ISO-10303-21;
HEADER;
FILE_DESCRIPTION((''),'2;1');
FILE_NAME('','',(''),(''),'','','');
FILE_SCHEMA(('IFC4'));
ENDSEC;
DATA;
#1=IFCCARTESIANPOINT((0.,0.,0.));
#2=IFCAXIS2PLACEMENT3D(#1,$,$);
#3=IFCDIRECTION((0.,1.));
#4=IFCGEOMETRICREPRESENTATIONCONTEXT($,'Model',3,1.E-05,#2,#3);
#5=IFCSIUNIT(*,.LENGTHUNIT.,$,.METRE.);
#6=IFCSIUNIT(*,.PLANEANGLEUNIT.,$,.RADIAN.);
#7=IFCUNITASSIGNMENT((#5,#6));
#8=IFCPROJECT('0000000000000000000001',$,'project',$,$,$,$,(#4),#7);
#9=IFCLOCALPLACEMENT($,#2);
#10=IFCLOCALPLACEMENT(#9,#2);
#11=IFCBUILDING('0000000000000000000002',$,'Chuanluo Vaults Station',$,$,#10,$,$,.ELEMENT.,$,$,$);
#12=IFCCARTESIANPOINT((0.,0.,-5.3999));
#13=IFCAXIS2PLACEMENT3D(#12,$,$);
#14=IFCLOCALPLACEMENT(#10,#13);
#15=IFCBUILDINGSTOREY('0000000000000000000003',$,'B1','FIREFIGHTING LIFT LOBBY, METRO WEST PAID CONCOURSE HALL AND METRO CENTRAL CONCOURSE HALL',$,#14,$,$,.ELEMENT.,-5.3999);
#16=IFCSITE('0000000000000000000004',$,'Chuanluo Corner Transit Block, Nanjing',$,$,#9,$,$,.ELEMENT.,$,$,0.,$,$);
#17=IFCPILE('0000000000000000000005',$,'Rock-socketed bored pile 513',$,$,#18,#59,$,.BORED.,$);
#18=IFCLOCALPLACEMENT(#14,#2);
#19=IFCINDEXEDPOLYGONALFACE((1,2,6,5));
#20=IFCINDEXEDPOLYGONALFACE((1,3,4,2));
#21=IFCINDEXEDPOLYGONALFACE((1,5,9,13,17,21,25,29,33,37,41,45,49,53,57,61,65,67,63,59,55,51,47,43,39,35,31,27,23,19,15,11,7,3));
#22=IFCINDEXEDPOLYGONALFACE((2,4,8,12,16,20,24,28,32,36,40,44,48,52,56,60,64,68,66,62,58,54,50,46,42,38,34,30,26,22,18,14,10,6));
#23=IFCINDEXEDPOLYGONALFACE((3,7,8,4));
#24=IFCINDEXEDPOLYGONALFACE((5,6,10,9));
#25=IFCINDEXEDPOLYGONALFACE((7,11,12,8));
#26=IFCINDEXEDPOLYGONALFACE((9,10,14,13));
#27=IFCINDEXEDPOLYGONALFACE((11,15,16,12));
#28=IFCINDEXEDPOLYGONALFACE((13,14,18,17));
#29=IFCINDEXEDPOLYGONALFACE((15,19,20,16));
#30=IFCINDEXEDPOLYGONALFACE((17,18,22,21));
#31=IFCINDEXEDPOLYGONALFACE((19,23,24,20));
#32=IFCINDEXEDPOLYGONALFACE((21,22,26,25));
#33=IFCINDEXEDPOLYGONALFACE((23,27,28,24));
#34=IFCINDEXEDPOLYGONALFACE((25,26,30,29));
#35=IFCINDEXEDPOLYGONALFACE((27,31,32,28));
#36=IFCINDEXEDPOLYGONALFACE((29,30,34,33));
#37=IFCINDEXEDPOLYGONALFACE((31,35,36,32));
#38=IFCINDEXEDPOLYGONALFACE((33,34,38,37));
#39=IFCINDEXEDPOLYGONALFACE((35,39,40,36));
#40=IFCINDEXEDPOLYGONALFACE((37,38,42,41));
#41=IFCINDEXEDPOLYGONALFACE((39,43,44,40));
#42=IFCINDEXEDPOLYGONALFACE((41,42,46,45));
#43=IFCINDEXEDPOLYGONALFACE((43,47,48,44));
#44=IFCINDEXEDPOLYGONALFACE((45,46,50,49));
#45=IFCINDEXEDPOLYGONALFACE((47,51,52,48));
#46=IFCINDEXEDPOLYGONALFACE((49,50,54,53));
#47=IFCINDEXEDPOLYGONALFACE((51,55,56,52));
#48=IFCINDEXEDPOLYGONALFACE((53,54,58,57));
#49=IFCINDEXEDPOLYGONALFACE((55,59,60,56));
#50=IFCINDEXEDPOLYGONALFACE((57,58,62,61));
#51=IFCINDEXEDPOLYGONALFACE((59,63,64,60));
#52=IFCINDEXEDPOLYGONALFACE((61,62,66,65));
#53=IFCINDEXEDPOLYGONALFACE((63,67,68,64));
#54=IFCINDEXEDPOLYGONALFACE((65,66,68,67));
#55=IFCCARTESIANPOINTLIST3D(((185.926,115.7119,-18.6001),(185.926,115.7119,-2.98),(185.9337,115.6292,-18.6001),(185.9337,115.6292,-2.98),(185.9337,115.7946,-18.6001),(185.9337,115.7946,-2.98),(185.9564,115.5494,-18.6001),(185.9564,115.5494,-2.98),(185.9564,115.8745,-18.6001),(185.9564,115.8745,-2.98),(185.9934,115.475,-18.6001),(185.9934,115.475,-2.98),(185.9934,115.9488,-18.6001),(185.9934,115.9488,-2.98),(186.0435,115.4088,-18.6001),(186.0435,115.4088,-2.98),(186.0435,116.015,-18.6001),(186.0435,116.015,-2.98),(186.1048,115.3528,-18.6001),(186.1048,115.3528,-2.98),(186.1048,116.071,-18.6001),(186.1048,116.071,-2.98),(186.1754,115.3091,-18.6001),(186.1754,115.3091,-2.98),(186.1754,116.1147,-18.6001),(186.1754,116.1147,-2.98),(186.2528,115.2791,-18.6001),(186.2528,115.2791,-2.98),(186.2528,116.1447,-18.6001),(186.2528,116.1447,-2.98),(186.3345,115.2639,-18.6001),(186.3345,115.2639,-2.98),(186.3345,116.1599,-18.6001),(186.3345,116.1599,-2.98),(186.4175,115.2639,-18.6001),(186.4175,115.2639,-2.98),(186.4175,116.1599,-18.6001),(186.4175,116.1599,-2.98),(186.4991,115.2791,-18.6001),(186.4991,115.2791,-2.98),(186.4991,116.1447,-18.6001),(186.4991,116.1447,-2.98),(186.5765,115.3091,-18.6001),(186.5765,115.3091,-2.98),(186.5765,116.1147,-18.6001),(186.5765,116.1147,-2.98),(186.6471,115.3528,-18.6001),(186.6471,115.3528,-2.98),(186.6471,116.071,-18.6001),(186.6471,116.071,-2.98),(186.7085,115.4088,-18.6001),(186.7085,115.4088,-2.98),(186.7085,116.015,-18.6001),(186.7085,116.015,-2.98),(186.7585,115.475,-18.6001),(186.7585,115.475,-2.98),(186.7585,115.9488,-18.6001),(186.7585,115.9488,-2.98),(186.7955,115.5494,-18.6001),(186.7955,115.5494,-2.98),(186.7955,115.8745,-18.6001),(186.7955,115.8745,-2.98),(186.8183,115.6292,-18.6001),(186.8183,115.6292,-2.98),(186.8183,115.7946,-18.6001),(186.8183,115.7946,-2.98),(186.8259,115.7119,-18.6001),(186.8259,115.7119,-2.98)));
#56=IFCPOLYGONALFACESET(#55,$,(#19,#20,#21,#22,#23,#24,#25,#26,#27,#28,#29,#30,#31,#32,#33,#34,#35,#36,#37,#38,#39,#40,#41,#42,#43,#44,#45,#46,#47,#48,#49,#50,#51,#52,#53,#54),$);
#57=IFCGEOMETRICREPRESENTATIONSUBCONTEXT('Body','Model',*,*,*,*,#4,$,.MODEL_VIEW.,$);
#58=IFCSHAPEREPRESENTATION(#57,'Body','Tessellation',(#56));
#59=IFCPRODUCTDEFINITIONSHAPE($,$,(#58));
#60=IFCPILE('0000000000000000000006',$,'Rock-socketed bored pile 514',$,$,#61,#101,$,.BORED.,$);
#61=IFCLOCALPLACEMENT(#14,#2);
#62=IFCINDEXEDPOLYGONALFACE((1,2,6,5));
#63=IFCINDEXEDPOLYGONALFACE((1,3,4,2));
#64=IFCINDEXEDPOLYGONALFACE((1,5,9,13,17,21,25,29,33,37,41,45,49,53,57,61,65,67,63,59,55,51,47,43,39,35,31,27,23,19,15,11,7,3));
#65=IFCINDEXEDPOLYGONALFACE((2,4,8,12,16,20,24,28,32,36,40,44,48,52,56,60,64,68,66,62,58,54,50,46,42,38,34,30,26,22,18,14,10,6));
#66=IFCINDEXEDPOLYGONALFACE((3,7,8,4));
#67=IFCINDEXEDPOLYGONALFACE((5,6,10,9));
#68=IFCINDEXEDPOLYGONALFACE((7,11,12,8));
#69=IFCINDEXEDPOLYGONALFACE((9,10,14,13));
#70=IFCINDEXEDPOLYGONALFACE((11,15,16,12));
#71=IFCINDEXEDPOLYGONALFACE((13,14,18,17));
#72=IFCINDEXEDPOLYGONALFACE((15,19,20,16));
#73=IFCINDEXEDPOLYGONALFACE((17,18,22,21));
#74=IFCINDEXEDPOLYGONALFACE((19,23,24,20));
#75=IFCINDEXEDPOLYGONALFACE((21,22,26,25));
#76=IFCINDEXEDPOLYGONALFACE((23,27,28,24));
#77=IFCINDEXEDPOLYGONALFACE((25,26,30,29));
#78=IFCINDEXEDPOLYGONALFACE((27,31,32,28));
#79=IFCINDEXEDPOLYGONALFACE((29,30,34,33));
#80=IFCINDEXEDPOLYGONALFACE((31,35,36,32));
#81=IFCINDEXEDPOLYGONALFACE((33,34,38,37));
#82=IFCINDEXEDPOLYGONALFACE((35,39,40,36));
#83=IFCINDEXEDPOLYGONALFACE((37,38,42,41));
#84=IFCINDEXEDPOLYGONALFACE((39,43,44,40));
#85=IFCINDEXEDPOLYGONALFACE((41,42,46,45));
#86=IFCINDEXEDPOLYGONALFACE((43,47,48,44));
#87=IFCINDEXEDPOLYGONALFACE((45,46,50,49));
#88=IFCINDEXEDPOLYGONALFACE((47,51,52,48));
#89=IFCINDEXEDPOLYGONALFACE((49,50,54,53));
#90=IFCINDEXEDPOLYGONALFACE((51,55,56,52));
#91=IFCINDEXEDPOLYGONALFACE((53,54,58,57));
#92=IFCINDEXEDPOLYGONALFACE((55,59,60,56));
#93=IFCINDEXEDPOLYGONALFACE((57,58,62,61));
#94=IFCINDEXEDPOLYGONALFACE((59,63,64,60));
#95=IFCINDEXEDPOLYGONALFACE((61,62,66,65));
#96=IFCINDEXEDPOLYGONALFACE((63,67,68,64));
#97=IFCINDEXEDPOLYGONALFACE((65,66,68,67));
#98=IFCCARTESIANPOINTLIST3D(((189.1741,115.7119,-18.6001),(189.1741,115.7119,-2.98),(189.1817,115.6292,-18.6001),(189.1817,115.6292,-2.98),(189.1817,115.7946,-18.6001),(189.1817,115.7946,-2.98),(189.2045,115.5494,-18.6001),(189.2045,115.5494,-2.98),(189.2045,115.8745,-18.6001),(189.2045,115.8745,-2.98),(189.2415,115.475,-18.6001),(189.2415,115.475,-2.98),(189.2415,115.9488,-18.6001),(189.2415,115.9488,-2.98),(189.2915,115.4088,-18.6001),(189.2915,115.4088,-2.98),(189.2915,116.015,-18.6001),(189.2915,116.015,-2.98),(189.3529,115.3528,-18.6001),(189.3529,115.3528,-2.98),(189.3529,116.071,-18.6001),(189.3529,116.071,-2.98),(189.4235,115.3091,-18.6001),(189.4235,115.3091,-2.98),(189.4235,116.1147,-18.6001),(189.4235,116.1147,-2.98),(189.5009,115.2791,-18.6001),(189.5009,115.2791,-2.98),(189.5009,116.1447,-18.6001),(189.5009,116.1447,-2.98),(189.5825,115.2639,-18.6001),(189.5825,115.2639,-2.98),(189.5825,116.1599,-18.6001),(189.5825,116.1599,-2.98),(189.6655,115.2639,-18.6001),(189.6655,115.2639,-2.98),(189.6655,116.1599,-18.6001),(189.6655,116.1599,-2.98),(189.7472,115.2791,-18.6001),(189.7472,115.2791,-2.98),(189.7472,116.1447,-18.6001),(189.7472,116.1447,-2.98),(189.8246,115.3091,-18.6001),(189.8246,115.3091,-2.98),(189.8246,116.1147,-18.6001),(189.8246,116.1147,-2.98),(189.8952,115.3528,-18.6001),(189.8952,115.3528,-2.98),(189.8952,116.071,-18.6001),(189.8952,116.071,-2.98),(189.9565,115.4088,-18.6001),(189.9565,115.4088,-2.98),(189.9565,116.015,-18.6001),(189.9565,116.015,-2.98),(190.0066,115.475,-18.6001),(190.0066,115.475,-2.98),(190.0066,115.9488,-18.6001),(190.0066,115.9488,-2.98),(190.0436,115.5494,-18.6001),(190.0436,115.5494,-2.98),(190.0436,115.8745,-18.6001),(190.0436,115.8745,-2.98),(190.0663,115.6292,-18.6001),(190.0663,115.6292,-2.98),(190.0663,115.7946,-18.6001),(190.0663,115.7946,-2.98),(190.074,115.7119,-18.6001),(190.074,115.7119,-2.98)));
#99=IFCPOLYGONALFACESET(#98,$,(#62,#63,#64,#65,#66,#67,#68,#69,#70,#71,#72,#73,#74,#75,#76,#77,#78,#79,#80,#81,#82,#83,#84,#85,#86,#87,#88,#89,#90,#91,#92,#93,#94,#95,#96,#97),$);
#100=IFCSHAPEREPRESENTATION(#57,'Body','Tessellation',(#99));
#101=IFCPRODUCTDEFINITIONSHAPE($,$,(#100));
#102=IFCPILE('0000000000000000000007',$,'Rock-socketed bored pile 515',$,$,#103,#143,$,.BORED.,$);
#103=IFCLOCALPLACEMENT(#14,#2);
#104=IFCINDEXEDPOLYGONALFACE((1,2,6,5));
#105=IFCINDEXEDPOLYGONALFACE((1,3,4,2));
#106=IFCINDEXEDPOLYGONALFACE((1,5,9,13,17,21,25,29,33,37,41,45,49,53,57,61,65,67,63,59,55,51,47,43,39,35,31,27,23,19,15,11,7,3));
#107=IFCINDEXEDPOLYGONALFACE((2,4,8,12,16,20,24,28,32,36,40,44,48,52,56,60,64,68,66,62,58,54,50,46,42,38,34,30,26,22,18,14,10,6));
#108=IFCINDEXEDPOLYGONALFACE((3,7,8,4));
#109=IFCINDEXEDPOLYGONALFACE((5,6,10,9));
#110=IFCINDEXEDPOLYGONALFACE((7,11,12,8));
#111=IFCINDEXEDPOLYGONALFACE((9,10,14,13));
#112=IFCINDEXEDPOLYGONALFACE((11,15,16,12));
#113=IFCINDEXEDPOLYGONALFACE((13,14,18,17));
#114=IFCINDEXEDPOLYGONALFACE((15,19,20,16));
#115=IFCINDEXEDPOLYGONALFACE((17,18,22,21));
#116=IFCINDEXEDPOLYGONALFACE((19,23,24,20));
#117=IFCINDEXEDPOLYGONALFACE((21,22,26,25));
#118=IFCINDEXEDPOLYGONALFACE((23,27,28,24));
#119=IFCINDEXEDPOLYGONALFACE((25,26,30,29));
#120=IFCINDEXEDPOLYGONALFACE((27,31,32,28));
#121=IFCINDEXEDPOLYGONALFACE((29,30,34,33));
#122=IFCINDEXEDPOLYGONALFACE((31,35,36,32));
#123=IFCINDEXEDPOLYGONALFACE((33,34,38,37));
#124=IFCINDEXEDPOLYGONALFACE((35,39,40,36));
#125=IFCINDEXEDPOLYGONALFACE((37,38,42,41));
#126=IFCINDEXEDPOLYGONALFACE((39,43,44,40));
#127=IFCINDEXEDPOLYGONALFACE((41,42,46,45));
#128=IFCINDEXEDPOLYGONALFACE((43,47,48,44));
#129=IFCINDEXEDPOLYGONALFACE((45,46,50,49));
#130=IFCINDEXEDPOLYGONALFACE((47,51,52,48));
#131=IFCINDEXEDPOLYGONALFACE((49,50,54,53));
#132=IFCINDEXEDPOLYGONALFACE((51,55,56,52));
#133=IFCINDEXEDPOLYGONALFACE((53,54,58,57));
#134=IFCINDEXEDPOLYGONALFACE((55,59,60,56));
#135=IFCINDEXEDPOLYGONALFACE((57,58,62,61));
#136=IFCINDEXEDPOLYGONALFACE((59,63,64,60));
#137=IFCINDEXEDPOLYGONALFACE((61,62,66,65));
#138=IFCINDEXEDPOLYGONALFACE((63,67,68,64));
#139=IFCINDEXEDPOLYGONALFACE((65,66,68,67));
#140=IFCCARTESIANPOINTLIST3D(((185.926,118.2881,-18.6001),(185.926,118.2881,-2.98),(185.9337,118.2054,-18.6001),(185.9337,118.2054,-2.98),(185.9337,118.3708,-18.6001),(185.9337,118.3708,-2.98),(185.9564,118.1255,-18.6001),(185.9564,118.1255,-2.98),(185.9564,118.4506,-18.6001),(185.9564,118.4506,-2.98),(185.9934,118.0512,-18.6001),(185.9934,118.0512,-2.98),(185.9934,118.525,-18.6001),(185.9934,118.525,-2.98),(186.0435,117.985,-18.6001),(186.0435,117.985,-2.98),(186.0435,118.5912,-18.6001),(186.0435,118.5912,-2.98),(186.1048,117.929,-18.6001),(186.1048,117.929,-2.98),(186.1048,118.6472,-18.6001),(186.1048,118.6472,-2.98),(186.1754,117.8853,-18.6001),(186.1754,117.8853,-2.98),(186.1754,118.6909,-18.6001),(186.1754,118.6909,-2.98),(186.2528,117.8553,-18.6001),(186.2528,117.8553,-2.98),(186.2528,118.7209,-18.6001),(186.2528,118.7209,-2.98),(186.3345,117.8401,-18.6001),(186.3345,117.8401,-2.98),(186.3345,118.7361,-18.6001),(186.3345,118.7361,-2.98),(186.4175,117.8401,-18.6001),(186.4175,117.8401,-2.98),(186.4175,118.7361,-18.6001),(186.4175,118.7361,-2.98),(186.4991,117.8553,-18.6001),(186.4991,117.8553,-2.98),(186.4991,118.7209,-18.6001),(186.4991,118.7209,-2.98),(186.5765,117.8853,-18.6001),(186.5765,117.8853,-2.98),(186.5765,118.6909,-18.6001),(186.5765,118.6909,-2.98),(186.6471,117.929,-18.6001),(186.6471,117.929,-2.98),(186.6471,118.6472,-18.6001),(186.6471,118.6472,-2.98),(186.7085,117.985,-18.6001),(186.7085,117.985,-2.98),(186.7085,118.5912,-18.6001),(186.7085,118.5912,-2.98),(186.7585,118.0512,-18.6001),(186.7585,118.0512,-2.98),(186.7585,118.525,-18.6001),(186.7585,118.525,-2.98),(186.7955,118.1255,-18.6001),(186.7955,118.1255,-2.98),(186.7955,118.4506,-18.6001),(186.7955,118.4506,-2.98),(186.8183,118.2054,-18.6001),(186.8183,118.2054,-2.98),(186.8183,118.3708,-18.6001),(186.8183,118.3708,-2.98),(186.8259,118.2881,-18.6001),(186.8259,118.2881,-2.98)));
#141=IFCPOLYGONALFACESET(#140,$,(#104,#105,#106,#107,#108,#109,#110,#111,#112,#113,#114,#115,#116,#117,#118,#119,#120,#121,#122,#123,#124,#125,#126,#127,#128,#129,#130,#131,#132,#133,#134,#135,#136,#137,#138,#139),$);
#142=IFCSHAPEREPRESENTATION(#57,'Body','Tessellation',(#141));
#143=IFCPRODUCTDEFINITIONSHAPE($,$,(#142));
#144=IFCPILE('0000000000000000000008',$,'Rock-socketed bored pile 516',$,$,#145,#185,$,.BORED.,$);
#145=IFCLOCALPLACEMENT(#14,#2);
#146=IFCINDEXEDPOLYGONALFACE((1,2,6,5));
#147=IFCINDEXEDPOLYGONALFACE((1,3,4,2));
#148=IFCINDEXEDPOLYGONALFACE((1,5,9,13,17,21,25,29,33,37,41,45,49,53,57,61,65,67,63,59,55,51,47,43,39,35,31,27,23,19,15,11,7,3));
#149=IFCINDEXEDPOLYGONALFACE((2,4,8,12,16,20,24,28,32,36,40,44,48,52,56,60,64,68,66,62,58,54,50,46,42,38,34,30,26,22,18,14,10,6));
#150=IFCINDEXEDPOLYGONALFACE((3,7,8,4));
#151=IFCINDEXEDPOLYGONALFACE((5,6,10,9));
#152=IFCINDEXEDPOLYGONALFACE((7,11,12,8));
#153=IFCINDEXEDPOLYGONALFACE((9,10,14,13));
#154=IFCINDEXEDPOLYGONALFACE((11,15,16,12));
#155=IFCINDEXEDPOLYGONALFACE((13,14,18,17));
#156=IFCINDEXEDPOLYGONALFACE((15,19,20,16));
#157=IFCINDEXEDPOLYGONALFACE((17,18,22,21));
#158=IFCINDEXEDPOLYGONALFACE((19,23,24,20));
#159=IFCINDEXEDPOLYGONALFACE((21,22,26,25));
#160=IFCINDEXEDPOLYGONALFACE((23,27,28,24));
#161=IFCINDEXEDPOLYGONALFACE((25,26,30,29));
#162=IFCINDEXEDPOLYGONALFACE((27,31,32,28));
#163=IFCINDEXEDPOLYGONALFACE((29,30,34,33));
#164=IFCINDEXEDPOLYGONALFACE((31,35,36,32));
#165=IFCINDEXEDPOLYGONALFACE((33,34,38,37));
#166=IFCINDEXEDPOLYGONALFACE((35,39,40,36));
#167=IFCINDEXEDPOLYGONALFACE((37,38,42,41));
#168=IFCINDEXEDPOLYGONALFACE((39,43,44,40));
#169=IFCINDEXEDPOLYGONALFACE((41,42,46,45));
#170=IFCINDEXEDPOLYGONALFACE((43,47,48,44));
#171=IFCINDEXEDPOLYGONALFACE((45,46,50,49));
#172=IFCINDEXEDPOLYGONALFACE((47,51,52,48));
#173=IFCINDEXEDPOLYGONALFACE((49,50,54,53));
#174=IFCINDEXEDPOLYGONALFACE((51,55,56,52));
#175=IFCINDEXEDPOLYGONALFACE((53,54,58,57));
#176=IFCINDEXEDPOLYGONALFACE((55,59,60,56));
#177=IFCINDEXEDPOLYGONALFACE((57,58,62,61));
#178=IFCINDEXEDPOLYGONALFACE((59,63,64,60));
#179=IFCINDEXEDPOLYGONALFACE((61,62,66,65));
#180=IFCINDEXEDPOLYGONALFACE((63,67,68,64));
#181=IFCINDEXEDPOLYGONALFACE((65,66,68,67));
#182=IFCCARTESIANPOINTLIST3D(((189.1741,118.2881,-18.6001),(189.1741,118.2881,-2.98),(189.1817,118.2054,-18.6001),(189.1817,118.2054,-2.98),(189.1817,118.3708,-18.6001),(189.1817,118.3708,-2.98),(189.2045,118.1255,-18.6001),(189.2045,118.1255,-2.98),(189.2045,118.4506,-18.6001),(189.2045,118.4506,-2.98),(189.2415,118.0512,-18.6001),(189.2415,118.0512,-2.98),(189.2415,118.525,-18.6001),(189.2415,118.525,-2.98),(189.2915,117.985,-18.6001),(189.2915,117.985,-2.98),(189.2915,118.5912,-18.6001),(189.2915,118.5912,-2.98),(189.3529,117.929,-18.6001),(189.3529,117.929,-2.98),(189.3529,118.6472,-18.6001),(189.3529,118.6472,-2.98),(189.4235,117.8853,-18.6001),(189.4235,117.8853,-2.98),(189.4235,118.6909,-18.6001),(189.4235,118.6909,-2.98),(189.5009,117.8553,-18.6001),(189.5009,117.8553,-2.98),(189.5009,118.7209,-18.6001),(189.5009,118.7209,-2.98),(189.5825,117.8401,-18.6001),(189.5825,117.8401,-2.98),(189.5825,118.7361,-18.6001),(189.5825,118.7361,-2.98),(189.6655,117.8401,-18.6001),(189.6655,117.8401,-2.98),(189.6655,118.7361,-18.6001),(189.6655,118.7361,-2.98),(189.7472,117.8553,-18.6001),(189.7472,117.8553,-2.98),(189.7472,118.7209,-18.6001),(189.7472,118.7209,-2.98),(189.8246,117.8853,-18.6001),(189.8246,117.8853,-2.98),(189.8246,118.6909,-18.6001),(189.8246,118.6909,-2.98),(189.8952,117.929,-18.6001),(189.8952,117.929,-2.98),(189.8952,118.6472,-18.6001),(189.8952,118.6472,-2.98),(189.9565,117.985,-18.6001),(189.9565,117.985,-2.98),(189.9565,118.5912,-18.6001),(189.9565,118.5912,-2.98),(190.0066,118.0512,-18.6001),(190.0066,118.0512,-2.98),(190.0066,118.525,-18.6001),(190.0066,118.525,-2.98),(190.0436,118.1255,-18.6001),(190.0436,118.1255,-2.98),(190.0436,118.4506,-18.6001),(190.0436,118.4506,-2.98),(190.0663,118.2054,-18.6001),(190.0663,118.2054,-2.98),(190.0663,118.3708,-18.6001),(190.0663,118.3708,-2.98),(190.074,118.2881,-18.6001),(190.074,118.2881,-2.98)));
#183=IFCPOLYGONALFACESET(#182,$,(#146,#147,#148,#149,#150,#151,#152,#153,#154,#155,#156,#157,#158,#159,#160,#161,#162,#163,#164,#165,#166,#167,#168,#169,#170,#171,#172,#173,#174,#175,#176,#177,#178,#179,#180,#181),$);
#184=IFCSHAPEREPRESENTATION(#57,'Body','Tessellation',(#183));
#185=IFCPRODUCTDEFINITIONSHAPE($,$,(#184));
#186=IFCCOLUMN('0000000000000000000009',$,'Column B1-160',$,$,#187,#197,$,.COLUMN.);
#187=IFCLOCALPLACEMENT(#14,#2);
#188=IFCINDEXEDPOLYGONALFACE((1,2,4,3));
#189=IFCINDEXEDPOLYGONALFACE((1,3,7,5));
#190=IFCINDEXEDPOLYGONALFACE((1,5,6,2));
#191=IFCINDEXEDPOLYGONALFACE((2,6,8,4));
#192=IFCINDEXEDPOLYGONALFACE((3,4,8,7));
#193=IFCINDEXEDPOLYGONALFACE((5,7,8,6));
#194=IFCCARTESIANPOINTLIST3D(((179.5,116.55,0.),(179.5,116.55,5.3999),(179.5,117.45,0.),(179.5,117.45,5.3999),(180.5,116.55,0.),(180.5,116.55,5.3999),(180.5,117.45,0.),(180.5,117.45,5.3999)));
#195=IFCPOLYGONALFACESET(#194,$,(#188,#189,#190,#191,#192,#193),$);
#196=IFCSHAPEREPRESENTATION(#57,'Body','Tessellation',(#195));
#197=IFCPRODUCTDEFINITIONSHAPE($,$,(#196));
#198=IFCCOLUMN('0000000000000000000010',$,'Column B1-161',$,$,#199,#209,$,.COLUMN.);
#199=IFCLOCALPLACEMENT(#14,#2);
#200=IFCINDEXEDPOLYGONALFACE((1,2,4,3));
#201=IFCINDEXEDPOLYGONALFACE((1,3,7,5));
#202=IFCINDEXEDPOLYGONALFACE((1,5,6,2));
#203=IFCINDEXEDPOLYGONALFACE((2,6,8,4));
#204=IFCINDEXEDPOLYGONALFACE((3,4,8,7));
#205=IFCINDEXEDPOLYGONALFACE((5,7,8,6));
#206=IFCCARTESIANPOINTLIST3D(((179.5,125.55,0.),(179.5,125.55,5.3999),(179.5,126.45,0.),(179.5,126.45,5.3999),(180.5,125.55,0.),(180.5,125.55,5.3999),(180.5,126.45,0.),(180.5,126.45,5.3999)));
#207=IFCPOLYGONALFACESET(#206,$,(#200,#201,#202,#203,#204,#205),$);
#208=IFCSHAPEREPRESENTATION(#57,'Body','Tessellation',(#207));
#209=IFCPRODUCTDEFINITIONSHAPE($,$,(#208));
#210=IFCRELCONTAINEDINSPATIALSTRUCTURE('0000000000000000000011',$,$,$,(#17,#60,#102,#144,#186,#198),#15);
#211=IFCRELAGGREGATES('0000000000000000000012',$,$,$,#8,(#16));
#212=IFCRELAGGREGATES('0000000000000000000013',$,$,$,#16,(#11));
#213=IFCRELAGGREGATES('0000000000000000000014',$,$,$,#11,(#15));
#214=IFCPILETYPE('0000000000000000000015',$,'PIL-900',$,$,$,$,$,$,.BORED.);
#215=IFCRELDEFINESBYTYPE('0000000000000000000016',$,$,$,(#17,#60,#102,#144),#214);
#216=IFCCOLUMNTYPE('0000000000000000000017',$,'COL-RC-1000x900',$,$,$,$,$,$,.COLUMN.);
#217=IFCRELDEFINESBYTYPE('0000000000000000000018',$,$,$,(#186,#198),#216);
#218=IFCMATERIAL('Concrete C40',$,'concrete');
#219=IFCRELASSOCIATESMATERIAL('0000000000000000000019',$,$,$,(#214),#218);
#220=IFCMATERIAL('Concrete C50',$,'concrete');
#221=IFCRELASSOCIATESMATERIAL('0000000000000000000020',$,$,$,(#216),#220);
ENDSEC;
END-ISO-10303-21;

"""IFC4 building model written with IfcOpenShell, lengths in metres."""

from ifc_helpers import new_model, si_unit, direction, frame, origin, origin_2d, place, context, subcontext, project, spatial, rectangle, circle, extrude, material, material_profile, profile_set, type_object, element, save


model = new_model("IFC4")

# Units and contexts
model_context = context("Model", 3, precision=1e-05, world=origin(), true_north=direction((0.0, 1.0)))
body_context = subcontext(model_context, "Body", "Model", "MODEL_VIEW")
ifc_project = project(units=[si_unit("LENGTHUNIT", "METRE"), si_unit("PLANEANGLEUNIT", "RADIAN")], contexts=[model_context])

# Site, building, storey
site_placement = place(None, origin())
site = spatial("IfcSite", under=ifc_project, at=site_placement, Name="Chuanluo Corner Transit Block, Nanjing", CompositionType="ELEMENT", RefElevation=0.0)
building_placement = place(site_placement, origin())
building = spatial("IfcBuilding", under=site, at=building_placement, Name="Chuanluo Vaults Station", CompositionType="ELEMENT")
storey_placement = place(building_placement, frame((0.0, 0.0, -5.3999)))
storey = spatial("IfcBuildingStorey", under=building, at=storey_placement, Name="B1", Description="FIREFIGHTING LIFT LOBBY, METRO WEST PAID CONCOURSE HALL AND METRO CENTRAL CONCOURSE HALL", CompositionType="ELEMENT", Elevation=-5.3999)

# Piles
ifc_material_1 = material(Name="Concrete C40", Category="concrete")
ifc_material_profile_1 = material_profile(ifc_material_1, circle(Radius=0.45, at=origin_2d()))
ifc_profile_set_1 = profile_set([ifc_material_profile_1], Name="Concrete C40")
pile_type_1 = type_object("IfcPileType", Name="PIL-900", PredefinedType="BORED", material=ifc_profile_set_1)
for number, where, z_axis, x_axis, name in (
    (1, (186.376, 115.7119, -2.98), (0.0, 0.0, -1.0), (1.0, 0.0, 0.0), "Rock-socketed bored pile 513"),
    (2, (189.624, 115.7119, -2.98), (0.0, 0.0, -1.0), (1.0, 0.0, 0.0), "Rock-socketed bored pile 514"),
    (3, (186.376, 118.2881, -2.98), (0.0, 0.0, -1.0), (1.0, 0.0, 0.0), "Rock-socketed bored pile 515"),
    (4, (189.624, 118.2881, -2.98), (0.0, 0.0, -1.0), (1.0, 0.0, 0.0), "Rock-socketed bored pile 516"),
):
    element("IfcPile", number, at=place(storey_placement, frame(where, z_axis=z_axis, x_axis=x_axis)), inside=storey, type_object=pile_type_1, Name=name, PredefinedType="BORED", context=body_context, shape_type="SweptSolid", body=[
        extrude(circle(Radius=0.45, at=origin_2d()), origin(), (0.0, 0.0, 1.0), 15.6201),
    ])

# Columns
ifc_material_2 = material(Name="Concrete C50", Category="concrete")
ifc_material_profile_2 = material_profile(ifc_material_2, rectangle(XDim=1.0, YDim=0.8999, at=origin_2d()))
ifc_profile_set_2 = profile_set([ifc_material_profile_2], Name="Concrete C50")
column_type = type_object("IfcColumnType", Name="COL-RC-1000x900", PredefinedType="COLUMN", material=ifc_profile_set_2)
for number, where, z_axis, x_axis, name in (
    (5, (180.0, 117.0, 0.0), (0.0, 0.0, 1.0), (1.0, 0.0, 0.0), "Column B1-160"),
    (6, (180.0, 126.0, 0.0), (0.0, 0.0, 1.0), (1.0, 0.0, 0.0), "Column B1-161"),
):
    element("IfcColumn", number, at=place(storey_placement, frame(where, z_axis=z_axis, x_axis=x_axis)), inside=storey, type_object=column_type, Name=name, PredefinedType="COLUMN", context=body_context, shape_type="SweptSolid", body=[
        extrude(rectangle(XDim=1.0, YDim=0.8999, at=origin_2d()), origin(), (0.0, 0.0, 1.0), 5.3999),
    ])

save(model, "model.ifc")
